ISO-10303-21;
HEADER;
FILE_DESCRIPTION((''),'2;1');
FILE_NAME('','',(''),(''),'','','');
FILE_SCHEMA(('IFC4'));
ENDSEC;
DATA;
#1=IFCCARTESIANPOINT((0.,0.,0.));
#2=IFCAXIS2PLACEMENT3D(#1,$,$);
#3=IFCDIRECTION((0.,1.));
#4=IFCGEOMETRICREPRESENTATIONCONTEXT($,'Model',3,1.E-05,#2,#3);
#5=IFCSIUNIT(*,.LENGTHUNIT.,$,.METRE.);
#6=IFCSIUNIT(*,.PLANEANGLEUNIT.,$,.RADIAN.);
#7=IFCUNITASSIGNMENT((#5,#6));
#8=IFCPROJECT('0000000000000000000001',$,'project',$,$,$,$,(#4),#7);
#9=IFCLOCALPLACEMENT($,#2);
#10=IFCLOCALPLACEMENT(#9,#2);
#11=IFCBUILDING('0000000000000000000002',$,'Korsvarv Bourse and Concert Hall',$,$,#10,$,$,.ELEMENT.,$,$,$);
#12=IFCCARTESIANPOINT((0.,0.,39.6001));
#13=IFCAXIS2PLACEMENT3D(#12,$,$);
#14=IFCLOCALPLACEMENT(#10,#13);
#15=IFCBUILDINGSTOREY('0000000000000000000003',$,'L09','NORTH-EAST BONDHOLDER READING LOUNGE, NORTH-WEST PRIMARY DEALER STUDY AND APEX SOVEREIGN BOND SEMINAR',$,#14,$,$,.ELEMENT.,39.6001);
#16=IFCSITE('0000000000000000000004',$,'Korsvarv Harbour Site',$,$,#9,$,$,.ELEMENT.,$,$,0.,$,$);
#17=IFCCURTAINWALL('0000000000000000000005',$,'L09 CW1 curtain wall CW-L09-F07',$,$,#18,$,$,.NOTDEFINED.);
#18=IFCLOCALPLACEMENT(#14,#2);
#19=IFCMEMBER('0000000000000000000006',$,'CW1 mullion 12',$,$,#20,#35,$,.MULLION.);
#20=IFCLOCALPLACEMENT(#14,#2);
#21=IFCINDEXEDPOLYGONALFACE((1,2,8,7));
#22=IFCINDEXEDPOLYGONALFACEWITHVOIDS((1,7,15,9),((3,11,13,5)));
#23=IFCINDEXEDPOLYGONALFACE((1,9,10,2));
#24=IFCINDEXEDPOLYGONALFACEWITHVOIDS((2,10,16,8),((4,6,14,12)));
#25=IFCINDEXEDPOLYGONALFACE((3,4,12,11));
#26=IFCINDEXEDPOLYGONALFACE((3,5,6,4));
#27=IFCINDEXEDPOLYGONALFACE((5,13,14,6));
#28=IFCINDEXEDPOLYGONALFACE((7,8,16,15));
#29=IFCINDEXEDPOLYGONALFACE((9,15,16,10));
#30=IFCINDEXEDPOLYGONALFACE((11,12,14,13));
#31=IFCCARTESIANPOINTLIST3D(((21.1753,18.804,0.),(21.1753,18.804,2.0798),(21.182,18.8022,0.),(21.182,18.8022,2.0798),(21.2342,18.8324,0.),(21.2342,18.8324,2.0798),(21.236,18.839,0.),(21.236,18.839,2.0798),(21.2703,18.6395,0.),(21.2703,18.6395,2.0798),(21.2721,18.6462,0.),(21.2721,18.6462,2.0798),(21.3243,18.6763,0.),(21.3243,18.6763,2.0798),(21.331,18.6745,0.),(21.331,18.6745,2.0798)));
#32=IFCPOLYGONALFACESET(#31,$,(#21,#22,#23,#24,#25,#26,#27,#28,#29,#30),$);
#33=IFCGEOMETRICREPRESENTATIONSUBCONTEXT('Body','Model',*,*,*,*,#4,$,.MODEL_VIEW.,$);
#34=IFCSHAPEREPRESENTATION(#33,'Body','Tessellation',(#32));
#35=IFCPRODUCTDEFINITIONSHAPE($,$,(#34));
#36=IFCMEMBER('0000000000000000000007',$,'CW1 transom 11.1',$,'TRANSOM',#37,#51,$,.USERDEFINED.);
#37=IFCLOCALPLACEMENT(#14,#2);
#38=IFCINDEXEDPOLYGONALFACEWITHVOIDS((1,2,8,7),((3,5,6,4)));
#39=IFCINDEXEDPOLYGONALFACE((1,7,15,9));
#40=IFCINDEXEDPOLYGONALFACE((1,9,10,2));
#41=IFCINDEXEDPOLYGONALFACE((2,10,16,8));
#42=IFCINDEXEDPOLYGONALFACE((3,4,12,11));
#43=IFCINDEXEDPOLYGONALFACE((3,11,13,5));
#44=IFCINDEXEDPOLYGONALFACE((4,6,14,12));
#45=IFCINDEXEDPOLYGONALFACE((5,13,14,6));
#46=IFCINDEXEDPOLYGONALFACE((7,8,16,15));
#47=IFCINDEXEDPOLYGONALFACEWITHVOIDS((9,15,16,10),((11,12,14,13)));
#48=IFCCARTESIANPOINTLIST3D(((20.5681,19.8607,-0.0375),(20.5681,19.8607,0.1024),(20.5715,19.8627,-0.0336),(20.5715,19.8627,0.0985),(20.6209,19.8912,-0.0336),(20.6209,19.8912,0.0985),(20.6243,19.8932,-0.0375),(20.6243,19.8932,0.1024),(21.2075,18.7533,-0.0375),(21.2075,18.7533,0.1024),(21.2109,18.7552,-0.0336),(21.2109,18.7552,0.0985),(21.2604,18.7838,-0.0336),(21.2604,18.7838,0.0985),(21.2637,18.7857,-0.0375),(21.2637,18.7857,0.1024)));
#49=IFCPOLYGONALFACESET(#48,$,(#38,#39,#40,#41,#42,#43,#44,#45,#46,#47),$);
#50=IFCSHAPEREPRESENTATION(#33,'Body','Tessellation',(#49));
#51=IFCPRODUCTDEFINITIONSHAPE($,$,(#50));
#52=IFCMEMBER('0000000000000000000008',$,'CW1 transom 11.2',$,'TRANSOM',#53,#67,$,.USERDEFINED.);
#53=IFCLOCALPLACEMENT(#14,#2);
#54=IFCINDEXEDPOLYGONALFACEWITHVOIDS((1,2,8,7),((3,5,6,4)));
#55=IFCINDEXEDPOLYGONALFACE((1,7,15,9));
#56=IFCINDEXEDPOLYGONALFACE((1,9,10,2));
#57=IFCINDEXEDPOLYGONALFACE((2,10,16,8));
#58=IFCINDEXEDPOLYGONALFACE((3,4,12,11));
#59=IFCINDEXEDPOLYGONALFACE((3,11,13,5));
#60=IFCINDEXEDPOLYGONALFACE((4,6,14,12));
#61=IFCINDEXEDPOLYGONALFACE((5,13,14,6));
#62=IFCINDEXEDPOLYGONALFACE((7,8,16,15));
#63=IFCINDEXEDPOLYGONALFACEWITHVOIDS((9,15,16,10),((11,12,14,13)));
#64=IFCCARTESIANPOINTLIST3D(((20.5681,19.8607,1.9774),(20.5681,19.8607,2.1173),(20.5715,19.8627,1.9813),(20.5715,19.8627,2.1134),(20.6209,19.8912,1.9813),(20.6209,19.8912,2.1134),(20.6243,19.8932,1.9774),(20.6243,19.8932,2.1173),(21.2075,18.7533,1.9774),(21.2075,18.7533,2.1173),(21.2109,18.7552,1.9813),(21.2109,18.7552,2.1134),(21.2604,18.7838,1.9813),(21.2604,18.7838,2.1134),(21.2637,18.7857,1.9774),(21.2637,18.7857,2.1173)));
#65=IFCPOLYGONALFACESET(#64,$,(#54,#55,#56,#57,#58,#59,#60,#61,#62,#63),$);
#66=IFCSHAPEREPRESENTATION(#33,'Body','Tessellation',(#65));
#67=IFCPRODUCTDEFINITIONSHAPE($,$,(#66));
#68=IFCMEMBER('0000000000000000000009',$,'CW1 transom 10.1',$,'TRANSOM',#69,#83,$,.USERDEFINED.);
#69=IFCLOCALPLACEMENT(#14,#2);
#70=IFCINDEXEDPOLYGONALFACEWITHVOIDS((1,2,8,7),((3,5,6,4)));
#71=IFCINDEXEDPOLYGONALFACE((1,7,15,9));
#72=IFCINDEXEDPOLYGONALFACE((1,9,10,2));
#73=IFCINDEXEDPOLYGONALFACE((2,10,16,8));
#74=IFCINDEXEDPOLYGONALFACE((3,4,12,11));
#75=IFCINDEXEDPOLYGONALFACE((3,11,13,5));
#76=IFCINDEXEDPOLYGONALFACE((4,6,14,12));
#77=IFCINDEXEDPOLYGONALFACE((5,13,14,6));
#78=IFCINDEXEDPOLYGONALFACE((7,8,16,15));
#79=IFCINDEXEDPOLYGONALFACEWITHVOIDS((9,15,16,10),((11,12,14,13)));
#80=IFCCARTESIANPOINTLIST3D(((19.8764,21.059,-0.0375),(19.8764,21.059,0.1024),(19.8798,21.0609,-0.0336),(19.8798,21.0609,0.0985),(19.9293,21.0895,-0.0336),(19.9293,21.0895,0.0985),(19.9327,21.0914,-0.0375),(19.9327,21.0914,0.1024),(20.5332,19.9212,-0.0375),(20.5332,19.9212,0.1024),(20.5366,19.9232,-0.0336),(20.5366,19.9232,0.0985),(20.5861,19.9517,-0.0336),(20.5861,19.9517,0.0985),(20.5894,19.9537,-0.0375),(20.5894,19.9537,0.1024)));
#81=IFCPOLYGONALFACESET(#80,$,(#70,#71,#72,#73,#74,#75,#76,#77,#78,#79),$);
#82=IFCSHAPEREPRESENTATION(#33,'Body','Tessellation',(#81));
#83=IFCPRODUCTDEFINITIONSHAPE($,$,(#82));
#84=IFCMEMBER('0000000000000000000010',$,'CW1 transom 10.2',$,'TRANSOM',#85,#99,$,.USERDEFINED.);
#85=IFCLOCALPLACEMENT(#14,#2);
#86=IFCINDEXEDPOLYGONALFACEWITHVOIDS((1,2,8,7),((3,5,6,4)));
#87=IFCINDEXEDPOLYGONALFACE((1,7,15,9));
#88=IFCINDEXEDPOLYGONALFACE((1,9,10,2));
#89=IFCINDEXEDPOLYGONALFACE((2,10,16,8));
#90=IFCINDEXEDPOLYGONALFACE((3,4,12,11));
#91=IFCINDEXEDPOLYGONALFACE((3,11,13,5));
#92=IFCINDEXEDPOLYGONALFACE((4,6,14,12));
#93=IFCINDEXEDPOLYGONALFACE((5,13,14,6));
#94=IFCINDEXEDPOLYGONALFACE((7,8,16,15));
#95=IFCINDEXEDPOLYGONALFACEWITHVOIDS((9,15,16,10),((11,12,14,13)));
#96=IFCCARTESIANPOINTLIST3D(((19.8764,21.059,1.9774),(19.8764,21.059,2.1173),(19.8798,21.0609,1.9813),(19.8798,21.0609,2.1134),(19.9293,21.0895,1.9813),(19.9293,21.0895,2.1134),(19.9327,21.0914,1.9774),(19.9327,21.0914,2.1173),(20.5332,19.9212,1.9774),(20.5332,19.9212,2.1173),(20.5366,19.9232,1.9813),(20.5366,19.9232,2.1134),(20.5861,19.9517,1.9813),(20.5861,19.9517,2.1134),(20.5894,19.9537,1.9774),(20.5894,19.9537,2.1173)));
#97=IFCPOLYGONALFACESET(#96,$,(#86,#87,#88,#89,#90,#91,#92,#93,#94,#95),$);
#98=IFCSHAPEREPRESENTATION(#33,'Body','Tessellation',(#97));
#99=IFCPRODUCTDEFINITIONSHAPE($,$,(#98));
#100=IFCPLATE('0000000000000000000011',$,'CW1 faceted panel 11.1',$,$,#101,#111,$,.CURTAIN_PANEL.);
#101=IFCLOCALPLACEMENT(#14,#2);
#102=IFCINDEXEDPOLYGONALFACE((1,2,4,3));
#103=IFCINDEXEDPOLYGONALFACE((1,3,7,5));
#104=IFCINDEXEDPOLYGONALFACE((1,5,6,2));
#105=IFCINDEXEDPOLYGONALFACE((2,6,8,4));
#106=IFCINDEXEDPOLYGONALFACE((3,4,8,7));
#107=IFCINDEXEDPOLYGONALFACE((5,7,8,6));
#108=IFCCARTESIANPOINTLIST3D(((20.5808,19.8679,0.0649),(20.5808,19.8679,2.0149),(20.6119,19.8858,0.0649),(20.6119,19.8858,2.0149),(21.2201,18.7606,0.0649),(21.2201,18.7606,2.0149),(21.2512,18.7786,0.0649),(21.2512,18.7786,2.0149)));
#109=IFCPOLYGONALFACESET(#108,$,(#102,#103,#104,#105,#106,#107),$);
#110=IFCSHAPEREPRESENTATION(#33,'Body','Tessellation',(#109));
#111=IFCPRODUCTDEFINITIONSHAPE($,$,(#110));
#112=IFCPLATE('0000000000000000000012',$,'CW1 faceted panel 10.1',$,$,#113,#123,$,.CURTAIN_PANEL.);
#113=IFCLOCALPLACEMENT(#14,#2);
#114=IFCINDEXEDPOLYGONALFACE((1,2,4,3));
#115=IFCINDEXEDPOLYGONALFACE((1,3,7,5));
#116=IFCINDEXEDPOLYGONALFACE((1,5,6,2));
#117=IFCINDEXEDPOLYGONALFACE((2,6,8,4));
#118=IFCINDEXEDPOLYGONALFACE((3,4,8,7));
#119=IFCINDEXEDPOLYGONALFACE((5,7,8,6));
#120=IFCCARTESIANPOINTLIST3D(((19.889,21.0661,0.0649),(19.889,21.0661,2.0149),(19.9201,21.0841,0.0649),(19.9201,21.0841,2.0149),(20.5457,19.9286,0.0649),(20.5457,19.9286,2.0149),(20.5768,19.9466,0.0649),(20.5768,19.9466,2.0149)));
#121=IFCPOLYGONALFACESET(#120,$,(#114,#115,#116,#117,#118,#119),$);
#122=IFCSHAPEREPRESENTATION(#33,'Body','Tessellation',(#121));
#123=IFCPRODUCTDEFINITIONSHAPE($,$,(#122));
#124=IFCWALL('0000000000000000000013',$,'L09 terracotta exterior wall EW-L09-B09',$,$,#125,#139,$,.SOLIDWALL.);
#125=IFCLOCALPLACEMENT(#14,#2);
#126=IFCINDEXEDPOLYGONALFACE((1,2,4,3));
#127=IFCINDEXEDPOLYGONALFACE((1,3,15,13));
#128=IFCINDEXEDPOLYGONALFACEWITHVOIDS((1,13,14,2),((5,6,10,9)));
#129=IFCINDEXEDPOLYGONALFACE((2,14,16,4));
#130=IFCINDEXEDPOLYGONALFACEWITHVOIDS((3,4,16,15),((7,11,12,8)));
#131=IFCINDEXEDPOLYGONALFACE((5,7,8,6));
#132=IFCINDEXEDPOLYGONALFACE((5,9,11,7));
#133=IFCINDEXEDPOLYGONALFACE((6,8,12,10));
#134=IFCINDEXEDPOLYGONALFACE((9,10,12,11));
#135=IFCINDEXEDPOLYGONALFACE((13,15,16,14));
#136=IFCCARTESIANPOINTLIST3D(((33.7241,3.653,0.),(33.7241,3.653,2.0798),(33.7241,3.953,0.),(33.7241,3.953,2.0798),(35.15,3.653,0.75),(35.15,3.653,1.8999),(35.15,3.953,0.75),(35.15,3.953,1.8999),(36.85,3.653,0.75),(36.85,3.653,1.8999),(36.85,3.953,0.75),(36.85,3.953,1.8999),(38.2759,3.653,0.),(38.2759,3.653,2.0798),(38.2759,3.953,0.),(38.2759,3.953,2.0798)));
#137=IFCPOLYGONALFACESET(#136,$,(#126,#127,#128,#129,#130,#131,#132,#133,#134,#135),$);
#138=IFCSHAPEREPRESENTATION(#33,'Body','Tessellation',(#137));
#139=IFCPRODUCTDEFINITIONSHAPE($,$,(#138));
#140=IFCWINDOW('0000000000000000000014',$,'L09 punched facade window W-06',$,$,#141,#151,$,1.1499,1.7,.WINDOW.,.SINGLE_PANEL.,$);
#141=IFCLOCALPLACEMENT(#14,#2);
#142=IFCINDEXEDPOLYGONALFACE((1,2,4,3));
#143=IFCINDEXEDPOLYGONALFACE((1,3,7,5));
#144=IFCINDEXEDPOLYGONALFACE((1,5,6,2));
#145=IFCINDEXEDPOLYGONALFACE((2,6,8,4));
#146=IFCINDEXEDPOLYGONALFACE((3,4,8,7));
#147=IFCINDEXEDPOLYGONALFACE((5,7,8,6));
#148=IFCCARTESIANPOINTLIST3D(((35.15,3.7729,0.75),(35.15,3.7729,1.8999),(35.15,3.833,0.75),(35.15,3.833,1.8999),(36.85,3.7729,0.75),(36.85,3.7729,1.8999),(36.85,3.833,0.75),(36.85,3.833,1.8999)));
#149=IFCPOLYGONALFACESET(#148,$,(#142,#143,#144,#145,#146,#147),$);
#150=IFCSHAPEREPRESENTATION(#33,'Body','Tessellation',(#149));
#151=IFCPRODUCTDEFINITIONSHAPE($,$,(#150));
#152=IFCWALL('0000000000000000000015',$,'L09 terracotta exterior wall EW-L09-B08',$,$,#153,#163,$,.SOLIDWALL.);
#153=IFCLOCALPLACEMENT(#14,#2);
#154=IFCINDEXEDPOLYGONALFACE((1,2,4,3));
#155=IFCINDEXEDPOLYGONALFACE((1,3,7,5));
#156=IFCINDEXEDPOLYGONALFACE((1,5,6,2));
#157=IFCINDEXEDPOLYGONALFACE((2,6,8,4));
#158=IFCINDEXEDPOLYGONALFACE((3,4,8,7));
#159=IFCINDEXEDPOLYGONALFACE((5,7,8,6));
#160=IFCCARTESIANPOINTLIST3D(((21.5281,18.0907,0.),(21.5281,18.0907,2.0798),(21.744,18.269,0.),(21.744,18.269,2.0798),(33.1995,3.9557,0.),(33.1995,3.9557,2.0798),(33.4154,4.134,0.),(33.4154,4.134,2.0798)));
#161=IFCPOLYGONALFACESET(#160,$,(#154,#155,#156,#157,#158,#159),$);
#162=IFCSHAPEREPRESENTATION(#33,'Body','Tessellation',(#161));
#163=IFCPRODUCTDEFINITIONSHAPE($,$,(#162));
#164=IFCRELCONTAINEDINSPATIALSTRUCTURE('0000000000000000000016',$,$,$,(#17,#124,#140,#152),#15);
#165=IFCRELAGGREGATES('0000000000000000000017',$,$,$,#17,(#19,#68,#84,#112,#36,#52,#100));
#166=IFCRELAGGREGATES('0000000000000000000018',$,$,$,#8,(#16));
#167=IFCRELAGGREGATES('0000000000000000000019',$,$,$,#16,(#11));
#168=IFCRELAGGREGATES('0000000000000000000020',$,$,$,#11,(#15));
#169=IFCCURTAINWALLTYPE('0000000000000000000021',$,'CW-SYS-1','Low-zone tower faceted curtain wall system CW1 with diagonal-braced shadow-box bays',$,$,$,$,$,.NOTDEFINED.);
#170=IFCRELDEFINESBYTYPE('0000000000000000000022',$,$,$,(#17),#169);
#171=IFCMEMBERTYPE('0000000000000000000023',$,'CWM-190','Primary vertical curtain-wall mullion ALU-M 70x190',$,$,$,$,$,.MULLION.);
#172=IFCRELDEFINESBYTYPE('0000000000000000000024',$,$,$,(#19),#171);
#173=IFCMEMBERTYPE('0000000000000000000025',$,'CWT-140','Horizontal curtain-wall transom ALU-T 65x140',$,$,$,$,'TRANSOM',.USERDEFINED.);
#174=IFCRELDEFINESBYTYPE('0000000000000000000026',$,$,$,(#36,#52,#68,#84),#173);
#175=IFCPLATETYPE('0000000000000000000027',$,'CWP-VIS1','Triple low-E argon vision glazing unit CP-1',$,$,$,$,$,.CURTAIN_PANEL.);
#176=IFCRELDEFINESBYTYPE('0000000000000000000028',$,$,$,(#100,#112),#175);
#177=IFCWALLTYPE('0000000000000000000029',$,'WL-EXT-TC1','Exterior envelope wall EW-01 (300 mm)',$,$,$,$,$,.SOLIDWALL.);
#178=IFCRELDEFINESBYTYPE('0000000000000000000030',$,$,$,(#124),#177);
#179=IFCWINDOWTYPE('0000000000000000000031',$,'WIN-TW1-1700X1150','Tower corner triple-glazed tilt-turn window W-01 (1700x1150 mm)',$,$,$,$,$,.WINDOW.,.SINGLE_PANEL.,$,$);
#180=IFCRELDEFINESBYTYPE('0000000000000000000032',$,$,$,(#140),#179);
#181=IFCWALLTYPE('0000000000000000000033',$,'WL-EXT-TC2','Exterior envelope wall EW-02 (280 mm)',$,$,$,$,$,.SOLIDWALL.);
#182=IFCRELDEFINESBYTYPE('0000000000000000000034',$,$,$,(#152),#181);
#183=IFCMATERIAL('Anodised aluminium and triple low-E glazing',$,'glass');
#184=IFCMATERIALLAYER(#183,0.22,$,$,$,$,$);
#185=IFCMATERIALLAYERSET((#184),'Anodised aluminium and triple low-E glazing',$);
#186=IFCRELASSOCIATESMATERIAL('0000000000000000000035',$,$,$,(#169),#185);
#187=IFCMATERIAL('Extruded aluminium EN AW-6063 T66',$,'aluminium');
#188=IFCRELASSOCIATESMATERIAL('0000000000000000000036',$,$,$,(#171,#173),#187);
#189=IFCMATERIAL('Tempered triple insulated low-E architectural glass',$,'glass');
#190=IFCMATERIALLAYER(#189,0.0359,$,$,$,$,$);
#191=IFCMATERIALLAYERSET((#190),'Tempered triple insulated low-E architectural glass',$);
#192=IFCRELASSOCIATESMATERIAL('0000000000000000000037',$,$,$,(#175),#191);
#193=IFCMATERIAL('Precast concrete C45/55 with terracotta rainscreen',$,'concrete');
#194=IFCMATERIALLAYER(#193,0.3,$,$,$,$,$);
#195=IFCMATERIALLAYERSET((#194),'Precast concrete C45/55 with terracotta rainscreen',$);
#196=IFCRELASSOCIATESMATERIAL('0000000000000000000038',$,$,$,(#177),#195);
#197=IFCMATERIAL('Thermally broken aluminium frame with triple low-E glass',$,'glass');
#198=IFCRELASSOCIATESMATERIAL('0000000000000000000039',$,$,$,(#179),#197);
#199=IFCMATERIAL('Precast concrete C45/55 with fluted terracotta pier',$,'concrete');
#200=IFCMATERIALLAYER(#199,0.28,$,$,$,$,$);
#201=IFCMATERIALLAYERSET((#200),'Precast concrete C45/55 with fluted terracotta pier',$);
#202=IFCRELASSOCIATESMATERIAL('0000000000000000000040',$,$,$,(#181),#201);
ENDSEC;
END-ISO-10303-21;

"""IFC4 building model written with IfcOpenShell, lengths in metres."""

from ifc_helpers import new_model, si_unit, direction, frame, frame_2d, origin, origin_2d, place, context, subcontext, project, spatial, rectangle, hollow_rectangle, extrude, source, transform, mapped, material, layer, layer_set, material_profile, profile_set, type_object, element, fill, aggregate, save


model = new_model("IFC4")

# Units and contexts
model_context = context("Model", 3, precision=1e-05, world=origin(), true_north=direction((0.0, 1.0)))
body_context = subcontext(model_context, "Body", "Model", "MODEL_VIEW")
ifc_project = project(units=[si_unit("LENGTHUNIT", "METRE"), si_unit("PLANEANGLEUNIT", "RADIAN")], contexts=[model_context])

# Site, building, storey
site_placement = place(None, origin())
site = spatial("IfcSite", under=ifc_project, at=site_placement, Name="Korsvarv Harbour Site", CompositionType="ELEMENT", RefElevation=0.0)
building_placement = place(site_placement, origin())
building = spatial("IfcBuilding", under=site, at=building_placement, Name="Korsvarv Bourse and Concert Hall", CompositionType="ELEMENT")
storey_placement = place(building_placement, frame((0.0, 0.0, 39.6001)))
storey = spatial("IfcBuildingStorey", under=building, at=storey_placement, Name="L09", Description="NORTH-EAST BONDHOLDER READING LOUNGE, NORTH-WEST PRIMARY DEALER STUDY AND APEX SOVEREIGN BOND SEMINAR", CompositionType="ELEMENT", Elevation=39.6001)

# Curtain wall, members, plates
ifc_material_1 = material(Name="Anodised aluminium and triple low-E glazing", Category="glass")
ifc_layer_1 = layer(ifc_material_1, 0.22)
ifc_layer_set_1 = layer_set([ifc_layer_1], Name="Anodised aluminium and triple low-E glazing")
curtain_wall_type = type_object("IfcCurtainWallType", Name="CW-SYS-1", Description="Low-zone tower faceted curtain wall system CW1 with diagonal-braced shadow-box bays", PredefinedType="NOTDEFINED", material=ifc_layer_set_1)
curtain_wall_placement = place(storey_placement, origin())
curtain_wall = element("IfcCurtainWall", 1, at=curtain_wall_placement, inside=storey, type_object=curtain_wall_type, Name="L09 CW1 curtain wall CW-L09-F07", PredefinedType="NOTDEFINED")
ifc_material_2 = material(Name="Extruded aluminium EN AW-6063 T66", Category="aluminium")
ifc_material_profile_1 = material_profile(ifc_material_2, hollow_rectangle(XDim=0.0701, YDim=0.1899, WallThickness=0.0049, at=origin_2d()), Name="ALU-M 70x190")
ifc_profile_set_1 = profile_set([ifc_material_profile_1], Name="Extruded aluminium EN AW-6063 T66")
member_type_1 = type_object("IfcMemberType", Name="CWM-190", Description="Primary vertical curtain-wall mullion ALU-M 70x190", PredefinedType="MULLION", material=ifc_profile_set_1)
shared_shape_1 = source(origin(), body_context, "Body", "SweptSolid", [
    extrude(hollow_rectangle(XDim=0.0701, YDim=0.1899, WallThickness=0.0049, at=origin_2d()), origin(), (0.0, 0.0, 1.0), 2.0798),
])
member_1_placement = place(storey_placement, frame((21.2532, 18.7393, 0.0), z_axis=(0.0, 0.0, 1.0), x_axis=(0.866026, 0.5, 0.0)))
member_1 = element("IfcMember", 2, at=member_1_placement, type_object=member_type_1, Name="CW1 mullion 12", PredefinedType="MULLION", context=body_context, shape_type="MappedRepresentation", body=[
    mapped(shared_shape_1, transform((0.0, 0.0, 0.0), scale=1.0)),
])
ifc_material_profile_2 = material_profile(ifc_material_2, hollow_rectangle(XDim=0.0649, YDim=0.1399, WallThickness=0.0039, at=origin_2d()), Name="ALU-T 65x140")
ifc_profile_set_2 = profile_set([ifc_material_profile_2], Name="Extruded aluminium EN AW-6063 T66")
member_type_2 = type_object("IfcMemberType", Name="CWT-140", Description="Horizontal curtain-wall transom ALU-T 65x140", ElementType="TRANSOM", PredefinedType="USERDEFINED", material=ifc_profile_set_2)
shared_shape_2 = source(origin(), body_context, "Body", "SweptSolid", [
    extrude(hollow_rectangle(XDim=0.0649, YDim=0.1399, WallThickness=0.0039, at=origin_2d()), origin(), (0.0, 0.0, 1.0), 1.2788),
])
member_2_placement = place(storey_placement, frame((20.5962, 19.877, 0.0325), z_axis=(0.50002, -0.866014, 0.0), x_axis=(0.866014, 0.50002, 0.0)))
member_2 = element("IfcMember", 3, at=member_2_placement, type_object=member_type_2, Name="CW1 transom 11.1", ObjectType="TRANSOM", PredefinedType="USERDEFINED", context=body_context, shape_type="MappedRepresentation", body=[
    mapped(shared_shape_2, transform((0.0, 0.0, 0.0), scale=1.0)),
])
member_3_placement = place(storey_placement, frame((20.5962, 19.877, 2.0474), z_axis=(0.50002, -0.866014, 0.0), x_axis=(0.866014, 0.50002, 0.0)))
member_3 = element("IfcMember", 4, at=member_3_placement, type_object=member_type_2, Name="CW1 transom 11.2", ObjectType="TRANSOM", PredefinedType="USERDEFINED", context=body_context, shape_type="MappedRepresentation", body=[
    mapped(shared_shape_2, transform((0.0, 0.0, 0.0), scale=1.0)),
])
shared_shape_3 = source(origin(), body_context, "Body", "SweptSolid", [
    extrude(hollow_rectangle(XDim=0.0649, YDim=0.1399, WallThickness=0.0039, at=origin_2d()), origin(), (0.0, 0.0, 1.0), 1.3137),
])
member_4_placement = place(storey_placement, frame((19.9045, 21.0752, 0.0325), z_axis=(0.499937, -0.866062, 0.0), x_axis=(0.866062, 0.499937, 0.0)))
member_4 = element("IfcMember", 5, at=member_4_placement, type_object=member_type_2, Name="CW1 transom 10.1", ObjectType="TRANSOM", PredefinedType="USERDEFINED", context=body_context, shape_type="MappedRepresentation", body=[
    mapped(shared_shape_3, transform((0.0, 0.0, 0.0), scale=1.0)),
])
member_5_placement = place(storey_placement, frame((19.9045, 21.0752, 2.0474), z_axis=(0.499937, -0.866062, 0.0), x_axis=(0.866062, 0.499937, 0.0)))
member_5 = element("IfcMember", 6, at=member_5_placement, type_object=member_type_2, Name="CW1 transom 10.2", ObjectType="TRANSOM", PredefinedType="USERDEFINED", context=body_context, shape_type="MappedRepresentation", body=[
    mapped(shared_shape_3, transform((0.0, 0.0, 0.0), scale=1.0)),
])
ifc_material_3 = material(Name="Tempered triple insulated low-E architectural glass", Category="glass")
ifc_layer_2 = layer(ifc_material_3, 0.0359)
ifc_layer_set_2 = layer_set([ifc_layer_2], Name="Tempered triple insulated low-E architectural glass")
plate_type = type_object("IfcPlateType", Name="CWP-VIS1", Description="Triple low-E argon vision glazing unit CP-1", PredefinedType="CURTAIN_PANEL", material=ifc_layer_set_2)
shared_shape_4 = source(origin(), body_context, "Body", "SweptSolid", [
    extrude(rectangle(XDim=1.2786, YDim=0.0359, at=origin_2d()), origin(), (0.0, 0.0, 1.0), 1.95),
])
plate_1_placement = place(storey_placement, frame((20.916, 19.3232, 0.0649), z_axis=(0.0, 0.0, 1.0), x_axis=(0.5, -0.866026, 0.0)))
plate_1 = element("IfcPlate", 7, at=plate_1_placement, type_object=plate_type, Name="CW1 faceted panel 11.1", PredefinedType="CURTAIN_PANEL", context=body_context, shape_type="MappedRepresentation", body=[
    mapped(shared_shape_4, transform((0.0, 0.0, 0.0), scale=1.0)),
])
shared_shape_5 = source(origin(), body_context, "Body", "SweptSolid", [
    extrude(rectangle(XDim=1.3135, YDim=0.0359, at=origin_2d()), origin(), (0.0, 0.0, 1.0), 1.95),
])
plate_2_placement = place(storey_placement, frame((20.2329, 20.5063, 0.0649), z_axis=(0.0, 0.0, 1.0), x_axis=(0.5, -0.866026, 0.0)))
plate_2 = element("IfcPlate", 8, at=plate_2_placement, type_object=plate_type, Name="CW1 faceted panel 10.1", PredefinedType="CURTAIN_PANEL", context=body_context, shape_type="MappedRepresentation", body=[
    mapped(shared_shape_5, transform((0.0, 0.0, 0.0), scale=1.0)),
])
aggregate(curtain_wall, [member_1, member_4, member_5, plate_2, member_2, member_3, plate_1])

# Wall, opening, window
ifc_material_4 = material(Name="Precast concrete C45/55 with terracotta rainscreen", Category="concrete")
ifc_layer_3 = layer(ifc_material_4, 0.3)
ifc_layer_set_3 = layer_set([ifc_layer_3], Name="Precast concrete C45/55 with terracotta rainscreen")
wall_type_1 = type_object("IfcWallType", Name="WL-EXT-TC1", Description="Exterior envelope wall EW-01 (300 mm)", PredefinedType="SOLIDWALL", material=ifc_layer_set_3)
wall_1_placement = place(storey_placement, frame((33.7241, 3.803, 0.0), z_axis=(0.0, 0.0, 1.0), x_axis=(1.0, 0.0, 0.0)))
wall_1 = element("IfcWall", 9, at=wall_1_placement, inside=storey, type_object=wall_type_1, Name="L09 terracotta exterior wall EW-L09-B09", PredefinedType="SOLIDWALL", context=body_context, shape_type="SweptSolid", body=[
    extrude(rectangle(XDim=4.5518, YDim=0.3, at=frame_2d((2.2759, 0.0))), origin(), (0.0, 0.0, 1.0), 2.0798),
])
opening_1_placement = place(wall_1_placement, frame((1.4258, 0.0, 0.75)))
opening_1 = element("IfcOpeningElement", 10, at=opening_1_placement, cuts=wall_1, PredefinedType="OPENING", context=body_context, shape_type="SweptSolid", body=[
    extrude(rectangle(XDim=1.7, YDim=1.1499, at=frame_2d((0.8501, 0.575))), frame((0.0, 0.1602, 0.0), z_axis=(0.0, -1.0, 0.0), x_axis=(1.0, 0.0, 0.0)), (0.0, 0.0, 1.0), 0.3201),
])
ifc_material_5 = material(Name="Thermally broken aluminium frame with triple low-E glass", Category="glass")
window_type = type_object("IfcWindowType", Name="WIN-TW1-1700X1150", Description="Tower corner triple-glazed tilt-turn window W-01 (1700x1150 mm)", PartitioningType="SINGLE_PANEL", PredefinedType="WINDOW", material=ifc_material_5)
window_placement = place(opening_1_placement, origin())
window = element("IfcWindow", 11, at=window_placement, inside=storey, type_object=window_type, Name="L09 punched facade window W-06", OverallHeight=1.1499, OverallWidth=1.7, PartitioningType="SINGLE_PANEL", PredefinedType="WINDOW", context=body_context, shape_type="SweptSolid", body=[
    extrude(rectangle(XDim=1.7, YDim=1.1499, at=frame_2d((0.8501, 0.575))), frame((0.0, 0.03, 0.0), z_axis=(0.0, -1.0, 0.0), x_axis=(1.0, 0.0, 0.0)), (0.0, 0.0, 1.0), 0.0601),
])
fill(opening_1, window)

# Wall
ifc_material_6 = material(Name="Precast concrete C45/55 with fluted terracotta pier", Category="concrete")
ifc_layer_4 = layer(ifc_material_6, 0.28)
ifc_layer_set_4 = layer_set([ifc_layer_4], Name="Precast concrete C45/55 with fluted terracotta pier")
wall_type_2 = type_object("IfcWallType", Name="WL-EXT-TC2", Description="Exterior envelope wall EW-02 (280 mm)", PredefinedType="SOLIDWALL", material=ifc_layer_set_4)
wall_2_placement = place(storey_placement, frame((21.636, 18.1799, 0.0), z_axis=(0.0, 0.0, 1.0), x_axis=(0.636708, -0.771105, 0.0)))
element("IfcWall", 12, at=wall_2_placement, inside=storey, type_object=wall_type_2, Name="L09 terracotta exterior wall EW-L09-B08", PredefinedType="SOLIDWALL", context=body_context, shape_type="SweptSolid", body=[
    extrude(rectangle(XDim=18.3308, YDim=0.28, at=frame_2d((9.1655, 0.0))), origin(), (0.0, 0.0, 1.0), 2.0798),
])

save(model, "model.ifc")
